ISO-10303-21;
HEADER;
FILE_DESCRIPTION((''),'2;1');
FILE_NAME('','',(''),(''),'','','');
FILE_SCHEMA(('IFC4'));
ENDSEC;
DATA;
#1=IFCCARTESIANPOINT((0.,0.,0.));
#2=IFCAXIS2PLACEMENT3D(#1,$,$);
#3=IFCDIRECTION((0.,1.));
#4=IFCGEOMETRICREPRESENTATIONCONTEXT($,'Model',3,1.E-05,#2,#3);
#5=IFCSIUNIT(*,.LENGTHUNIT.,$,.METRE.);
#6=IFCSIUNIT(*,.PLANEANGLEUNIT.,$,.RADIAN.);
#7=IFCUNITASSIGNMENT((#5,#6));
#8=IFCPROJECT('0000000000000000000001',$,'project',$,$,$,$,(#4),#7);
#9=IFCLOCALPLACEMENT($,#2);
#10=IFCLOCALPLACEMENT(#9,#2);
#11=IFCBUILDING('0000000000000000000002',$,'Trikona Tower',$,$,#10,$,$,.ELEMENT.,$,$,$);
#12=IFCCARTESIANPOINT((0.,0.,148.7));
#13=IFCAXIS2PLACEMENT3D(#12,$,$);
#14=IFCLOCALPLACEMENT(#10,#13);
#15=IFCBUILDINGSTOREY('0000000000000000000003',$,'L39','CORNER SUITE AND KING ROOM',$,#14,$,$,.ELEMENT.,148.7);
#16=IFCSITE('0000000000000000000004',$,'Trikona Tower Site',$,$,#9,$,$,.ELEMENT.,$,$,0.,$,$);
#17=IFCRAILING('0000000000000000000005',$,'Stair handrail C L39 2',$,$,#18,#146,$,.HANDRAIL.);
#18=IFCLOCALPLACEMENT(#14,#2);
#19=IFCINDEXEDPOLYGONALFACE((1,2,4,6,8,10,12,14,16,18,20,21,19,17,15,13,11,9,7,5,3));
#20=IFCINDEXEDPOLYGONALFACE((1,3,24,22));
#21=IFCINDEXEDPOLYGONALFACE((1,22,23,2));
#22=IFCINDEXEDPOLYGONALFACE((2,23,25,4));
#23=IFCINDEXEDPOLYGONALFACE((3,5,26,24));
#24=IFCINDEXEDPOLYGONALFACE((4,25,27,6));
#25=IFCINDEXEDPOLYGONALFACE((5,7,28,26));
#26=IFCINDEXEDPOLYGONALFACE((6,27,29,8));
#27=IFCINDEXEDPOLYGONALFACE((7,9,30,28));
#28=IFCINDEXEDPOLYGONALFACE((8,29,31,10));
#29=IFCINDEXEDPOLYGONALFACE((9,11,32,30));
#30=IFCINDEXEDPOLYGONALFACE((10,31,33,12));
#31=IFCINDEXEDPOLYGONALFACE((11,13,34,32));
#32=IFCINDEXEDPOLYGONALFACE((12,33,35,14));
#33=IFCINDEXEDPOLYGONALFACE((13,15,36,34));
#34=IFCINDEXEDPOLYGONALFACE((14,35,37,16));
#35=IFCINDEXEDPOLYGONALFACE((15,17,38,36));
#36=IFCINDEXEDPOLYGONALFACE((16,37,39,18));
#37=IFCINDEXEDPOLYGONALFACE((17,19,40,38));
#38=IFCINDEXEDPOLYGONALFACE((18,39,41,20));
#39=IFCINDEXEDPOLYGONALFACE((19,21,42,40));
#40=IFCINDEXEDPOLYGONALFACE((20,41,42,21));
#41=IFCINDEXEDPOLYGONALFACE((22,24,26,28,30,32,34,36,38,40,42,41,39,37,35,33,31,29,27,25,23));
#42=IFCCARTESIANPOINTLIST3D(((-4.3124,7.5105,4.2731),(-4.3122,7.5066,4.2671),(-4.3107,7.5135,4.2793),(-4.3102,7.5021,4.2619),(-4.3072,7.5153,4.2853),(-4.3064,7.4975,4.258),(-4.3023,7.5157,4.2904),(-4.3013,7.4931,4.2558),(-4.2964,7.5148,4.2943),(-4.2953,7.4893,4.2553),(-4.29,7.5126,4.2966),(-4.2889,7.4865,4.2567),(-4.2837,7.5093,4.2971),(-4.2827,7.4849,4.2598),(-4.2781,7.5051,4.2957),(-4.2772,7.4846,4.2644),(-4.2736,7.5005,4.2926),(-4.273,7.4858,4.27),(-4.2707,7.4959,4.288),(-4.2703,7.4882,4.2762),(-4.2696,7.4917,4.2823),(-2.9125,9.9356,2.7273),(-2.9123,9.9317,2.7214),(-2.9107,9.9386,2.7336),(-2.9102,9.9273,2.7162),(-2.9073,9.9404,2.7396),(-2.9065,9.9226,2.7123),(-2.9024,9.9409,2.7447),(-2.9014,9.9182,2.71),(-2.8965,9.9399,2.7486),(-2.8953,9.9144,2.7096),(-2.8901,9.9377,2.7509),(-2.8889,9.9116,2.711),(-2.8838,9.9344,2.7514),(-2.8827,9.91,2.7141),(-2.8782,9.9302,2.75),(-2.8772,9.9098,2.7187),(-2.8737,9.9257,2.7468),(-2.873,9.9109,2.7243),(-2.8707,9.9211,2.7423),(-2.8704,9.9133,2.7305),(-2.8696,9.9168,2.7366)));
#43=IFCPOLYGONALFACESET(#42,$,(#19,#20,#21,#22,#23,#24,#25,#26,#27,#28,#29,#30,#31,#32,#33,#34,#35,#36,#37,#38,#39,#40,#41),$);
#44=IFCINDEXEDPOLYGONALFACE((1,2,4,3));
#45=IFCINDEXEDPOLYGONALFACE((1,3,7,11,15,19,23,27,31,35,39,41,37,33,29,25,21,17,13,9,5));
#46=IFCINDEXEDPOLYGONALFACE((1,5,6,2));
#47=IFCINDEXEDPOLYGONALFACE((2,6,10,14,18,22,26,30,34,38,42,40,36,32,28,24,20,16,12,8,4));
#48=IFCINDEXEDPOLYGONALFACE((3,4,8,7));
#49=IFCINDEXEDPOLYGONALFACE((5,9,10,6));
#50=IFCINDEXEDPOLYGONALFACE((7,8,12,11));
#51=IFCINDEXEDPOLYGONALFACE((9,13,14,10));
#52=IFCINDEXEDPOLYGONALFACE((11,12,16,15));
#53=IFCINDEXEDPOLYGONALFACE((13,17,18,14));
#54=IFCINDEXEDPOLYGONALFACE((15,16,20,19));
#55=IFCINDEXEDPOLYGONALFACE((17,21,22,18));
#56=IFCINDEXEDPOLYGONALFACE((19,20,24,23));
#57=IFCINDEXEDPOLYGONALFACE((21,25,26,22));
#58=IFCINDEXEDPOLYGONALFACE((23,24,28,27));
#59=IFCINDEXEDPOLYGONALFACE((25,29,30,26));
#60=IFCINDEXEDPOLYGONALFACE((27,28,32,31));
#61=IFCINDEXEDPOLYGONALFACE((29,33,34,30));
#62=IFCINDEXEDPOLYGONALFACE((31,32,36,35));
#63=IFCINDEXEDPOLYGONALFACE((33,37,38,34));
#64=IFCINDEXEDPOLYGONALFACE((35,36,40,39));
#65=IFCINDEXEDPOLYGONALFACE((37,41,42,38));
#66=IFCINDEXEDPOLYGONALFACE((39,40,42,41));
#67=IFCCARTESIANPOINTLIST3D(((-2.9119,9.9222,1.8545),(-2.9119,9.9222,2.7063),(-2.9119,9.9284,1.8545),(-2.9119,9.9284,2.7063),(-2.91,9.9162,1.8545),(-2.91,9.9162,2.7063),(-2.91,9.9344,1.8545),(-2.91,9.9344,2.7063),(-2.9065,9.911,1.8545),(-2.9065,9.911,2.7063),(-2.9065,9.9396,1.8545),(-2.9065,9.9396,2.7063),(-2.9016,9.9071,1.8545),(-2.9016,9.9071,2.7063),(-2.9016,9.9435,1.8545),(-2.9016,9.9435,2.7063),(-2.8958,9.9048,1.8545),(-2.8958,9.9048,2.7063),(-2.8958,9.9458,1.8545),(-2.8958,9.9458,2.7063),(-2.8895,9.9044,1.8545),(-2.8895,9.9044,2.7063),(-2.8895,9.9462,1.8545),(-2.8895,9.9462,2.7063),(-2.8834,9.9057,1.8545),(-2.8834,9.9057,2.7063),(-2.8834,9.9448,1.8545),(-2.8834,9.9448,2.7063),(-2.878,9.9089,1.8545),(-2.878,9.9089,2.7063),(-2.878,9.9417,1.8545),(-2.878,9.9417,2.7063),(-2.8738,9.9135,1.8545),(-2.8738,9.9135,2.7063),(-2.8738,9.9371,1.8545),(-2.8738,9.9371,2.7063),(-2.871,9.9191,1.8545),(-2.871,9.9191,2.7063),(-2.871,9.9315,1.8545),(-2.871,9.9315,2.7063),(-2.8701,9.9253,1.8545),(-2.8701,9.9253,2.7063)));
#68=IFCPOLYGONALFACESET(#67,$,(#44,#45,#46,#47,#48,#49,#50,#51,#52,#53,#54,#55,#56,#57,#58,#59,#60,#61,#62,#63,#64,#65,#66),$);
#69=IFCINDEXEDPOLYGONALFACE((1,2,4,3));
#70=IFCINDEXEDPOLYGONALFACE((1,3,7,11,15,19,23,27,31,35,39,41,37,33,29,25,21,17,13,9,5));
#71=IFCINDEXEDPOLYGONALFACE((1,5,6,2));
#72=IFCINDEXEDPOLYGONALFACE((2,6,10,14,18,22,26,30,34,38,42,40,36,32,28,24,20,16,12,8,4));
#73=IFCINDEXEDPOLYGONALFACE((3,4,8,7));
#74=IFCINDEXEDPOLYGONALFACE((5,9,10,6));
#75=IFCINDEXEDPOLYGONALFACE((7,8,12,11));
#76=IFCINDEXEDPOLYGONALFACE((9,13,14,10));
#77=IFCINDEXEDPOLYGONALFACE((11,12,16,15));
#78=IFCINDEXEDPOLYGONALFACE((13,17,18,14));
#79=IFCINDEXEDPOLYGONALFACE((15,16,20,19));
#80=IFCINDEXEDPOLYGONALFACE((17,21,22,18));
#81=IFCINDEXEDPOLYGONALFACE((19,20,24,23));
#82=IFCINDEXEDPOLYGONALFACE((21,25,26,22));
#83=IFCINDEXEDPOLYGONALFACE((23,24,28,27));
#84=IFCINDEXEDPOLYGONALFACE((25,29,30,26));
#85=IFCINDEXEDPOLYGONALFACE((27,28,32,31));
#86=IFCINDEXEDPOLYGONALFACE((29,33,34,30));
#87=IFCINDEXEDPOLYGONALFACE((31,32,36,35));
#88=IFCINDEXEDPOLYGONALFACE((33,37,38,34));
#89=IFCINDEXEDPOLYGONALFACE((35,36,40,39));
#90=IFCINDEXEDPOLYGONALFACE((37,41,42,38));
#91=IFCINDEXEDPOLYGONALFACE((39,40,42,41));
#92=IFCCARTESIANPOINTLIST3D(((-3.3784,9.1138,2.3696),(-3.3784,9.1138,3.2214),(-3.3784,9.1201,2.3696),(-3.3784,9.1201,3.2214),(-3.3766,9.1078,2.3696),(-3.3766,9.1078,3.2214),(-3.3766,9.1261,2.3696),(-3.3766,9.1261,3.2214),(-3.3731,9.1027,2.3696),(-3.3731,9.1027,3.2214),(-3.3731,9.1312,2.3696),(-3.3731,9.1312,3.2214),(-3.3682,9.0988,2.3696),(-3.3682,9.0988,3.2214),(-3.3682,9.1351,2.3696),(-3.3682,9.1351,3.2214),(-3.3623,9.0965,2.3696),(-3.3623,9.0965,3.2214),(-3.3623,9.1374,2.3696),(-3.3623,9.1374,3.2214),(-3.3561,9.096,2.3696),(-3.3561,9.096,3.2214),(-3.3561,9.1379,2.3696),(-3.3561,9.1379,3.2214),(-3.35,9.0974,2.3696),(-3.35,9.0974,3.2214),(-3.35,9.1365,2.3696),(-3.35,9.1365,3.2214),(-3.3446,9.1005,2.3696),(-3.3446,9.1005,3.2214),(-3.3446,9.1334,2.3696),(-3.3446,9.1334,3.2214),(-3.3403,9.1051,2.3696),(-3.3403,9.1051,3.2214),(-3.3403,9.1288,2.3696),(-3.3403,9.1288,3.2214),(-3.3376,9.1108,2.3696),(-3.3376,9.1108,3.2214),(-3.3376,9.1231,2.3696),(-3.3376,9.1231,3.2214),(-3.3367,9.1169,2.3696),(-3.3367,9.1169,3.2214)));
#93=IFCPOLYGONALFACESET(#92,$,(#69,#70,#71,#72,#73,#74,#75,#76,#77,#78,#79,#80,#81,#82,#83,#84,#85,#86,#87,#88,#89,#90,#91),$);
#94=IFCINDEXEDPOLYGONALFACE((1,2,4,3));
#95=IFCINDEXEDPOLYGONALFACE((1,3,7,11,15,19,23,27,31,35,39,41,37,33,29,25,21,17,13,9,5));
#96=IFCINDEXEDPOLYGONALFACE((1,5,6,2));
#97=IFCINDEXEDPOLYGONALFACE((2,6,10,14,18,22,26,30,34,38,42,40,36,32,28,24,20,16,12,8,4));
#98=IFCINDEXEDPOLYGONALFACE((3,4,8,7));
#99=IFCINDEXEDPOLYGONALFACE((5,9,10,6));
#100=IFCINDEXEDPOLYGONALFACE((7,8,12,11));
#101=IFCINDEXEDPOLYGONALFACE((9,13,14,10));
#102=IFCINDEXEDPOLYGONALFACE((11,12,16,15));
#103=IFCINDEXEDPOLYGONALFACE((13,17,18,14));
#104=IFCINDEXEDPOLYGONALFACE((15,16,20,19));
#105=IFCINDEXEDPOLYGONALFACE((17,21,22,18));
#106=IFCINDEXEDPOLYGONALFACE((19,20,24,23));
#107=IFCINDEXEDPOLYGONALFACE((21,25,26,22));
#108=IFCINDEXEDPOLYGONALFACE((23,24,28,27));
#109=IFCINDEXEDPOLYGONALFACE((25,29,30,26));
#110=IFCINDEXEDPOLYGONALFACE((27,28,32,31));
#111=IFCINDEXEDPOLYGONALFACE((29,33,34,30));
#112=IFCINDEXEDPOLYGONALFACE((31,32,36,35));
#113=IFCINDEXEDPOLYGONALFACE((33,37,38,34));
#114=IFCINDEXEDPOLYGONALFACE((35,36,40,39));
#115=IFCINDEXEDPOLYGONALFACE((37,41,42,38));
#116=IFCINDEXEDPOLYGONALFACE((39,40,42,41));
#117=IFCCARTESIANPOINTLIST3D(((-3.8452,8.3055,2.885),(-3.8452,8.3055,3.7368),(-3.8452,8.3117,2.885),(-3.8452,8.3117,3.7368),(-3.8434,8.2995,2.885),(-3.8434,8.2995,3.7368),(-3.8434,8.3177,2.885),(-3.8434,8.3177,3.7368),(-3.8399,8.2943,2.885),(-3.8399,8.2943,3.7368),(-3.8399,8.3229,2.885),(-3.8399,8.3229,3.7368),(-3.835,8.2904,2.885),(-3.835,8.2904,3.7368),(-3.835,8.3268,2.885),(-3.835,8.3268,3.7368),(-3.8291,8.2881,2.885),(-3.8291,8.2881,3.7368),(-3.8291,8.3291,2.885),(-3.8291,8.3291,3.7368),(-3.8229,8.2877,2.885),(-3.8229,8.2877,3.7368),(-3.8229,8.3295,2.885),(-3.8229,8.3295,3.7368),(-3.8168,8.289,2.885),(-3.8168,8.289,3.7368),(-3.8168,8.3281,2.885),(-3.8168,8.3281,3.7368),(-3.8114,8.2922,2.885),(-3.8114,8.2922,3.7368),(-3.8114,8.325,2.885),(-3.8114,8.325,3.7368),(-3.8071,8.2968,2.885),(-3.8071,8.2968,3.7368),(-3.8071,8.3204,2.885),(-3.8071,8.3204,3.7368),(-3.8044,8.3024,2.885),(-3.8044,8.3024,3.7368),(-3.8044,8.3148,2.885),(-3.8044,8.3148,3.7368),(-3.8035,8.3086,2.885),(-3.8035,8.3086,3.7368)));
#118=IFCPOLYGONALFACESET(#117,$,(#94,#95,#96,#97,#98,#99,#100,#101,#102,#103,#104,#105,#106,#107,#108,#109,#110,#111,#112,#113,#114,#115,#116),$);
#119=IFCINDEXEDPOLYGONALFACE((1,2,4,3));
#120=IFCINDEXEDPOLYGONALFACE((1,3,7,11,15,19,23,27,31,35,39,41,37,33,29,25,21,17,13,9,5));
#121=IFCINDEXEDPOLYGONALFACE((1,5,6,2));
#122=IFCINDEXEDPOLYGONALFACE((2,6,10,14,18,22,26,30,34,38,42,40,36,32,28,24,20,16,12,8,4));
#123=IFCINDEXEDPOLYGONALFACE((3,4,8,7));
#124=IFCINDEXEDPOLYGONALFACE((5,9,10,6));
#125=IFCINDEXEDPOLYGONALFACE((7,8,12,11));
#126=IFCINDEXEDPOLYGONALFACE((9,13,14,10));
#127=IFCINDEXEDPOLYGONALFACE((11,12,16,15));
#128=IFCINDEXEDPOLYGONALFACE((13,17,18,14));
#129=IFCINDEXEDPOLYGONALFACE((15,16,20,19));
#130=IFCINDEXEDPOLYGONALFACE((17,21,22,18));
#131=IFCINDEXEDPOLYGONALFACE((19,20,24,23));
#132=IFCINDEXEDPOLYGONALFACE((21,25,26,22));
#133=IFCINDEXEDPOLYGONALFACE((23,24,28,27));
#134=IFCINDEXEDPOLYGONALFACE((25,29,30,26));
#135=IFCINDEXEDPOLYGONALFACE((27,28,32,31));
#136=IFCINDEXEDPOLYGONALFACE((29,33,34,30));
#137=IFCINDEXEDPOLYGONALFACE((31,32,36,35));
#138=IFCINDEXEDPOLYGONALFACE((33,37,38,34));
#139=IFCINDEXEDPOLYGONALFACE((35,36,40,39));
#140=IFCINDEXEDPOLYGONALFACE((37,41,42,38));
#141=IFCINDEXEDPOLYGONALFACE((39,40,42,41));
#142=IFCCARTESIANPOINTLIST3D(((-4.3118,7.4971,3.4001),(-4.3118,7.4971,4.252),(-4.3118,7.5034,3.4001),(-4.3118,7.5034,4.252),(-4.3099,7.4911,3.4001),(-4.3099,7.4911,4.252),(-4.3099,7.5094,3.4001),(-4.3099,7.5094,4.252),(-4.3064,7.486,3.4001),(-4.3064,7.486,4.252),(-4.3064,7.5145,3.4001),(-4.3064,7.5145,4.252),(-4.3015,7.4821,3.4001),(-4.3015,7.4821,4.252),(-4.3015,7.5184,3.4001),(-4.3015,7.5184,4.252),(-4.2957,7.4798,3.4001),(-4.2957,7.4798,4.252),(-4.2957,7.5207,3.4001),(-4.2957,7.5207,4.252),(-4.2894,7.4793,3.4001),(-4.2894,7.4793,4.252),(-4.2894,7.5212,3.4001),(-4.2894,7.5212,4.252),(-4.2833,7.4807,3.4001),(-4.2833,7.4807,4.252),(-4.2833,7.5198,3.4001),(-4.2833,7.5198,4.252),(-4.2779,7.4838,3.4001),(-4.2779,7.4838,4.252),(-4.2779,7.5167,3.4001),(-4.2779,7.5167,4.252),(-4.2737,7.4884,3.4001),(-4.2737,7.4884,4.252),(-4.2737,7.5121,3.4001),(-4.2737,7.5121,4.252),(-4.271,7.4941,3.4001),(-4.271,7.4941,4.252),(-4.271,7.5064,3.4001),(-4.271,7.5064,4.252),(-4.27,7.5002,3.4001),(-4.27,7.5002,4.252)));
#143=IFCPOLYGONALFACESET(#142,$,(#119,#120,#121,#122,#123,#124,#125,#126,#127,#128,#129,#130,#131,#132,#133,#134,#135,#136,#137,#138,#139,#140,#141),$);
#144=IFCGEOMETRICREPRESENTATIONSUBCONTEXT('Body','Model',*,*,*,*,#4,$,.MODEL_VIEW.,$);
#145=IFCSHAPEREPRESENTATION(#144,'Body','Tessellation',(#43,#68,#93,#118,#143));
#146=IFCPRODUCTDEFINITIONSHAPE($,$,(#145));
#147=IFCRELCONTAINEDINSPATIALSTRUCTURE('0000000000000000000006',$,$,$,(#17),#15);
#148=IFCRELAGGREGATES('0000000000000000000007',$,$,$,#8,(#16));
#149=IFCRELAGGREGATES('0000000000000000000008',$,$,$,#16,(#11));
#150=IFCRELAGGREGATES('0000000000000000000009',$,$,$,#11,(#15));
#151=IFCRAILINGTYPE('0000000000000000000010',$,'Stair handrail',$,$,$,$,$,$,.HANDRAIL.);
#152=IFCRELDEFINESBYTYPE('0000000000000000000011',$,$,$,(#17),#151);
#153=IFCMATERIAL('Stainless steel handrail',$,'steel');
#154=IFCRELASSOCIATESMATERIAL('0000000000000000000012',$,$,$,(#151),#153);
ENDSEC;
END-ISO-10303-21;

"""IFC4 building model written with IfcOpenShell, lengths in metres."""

from ifc_helpers import new_model, si_unit, direction, frame, origin, origin_2d, place, context, subcontext, project, spatial, circle, extrude, material, type_object, element, save


model = new_model("IFC4")

# Units and contexts
model_context = context("Model", 3, precision=1e-05, world=origin(), true_north=direction((0.0, 1.0)))
body_context = subcontext(model_context, "Body", "Model", "MODEL_VIEW")
ifc_project = project(units=[si_unit("LENGTHUNIT", "METRE"), si_unit("PLANEANGLEUNIT", "RADIAN")], contexts=[model_context])

# Site, building, storey
site_placement = place(None, origin())
site = spatial("IfcSite", under=ifc_project, at=site_placement, Name="Trikona Tower Site", CompositionType="ELEMENT", RefElevation=0.0)
building_placement = place(site_placement, origin())
building = spatial("IfcBuilding", under=site, at=building_placement, Name="Trikona Tower", CompositionType="ELEMENT")
storey_placement = place(building_placement, frame((0.0, 0.0, 148.7)))
storey = spatial("IfcBuildingStorey", under=building, at=storey_placement, Name="L39", Description="CORNER SUITE AND KING ROOM", CompositionType="ELEMENT", Elevation=148.7)

# Railing
ifc_material_1 = material(Name="Stainless steel handrail", Category="steel")
railing_type = type_object("IfcRailingType", Name="Stair handrail", PredefinedType="HANDRAIL", material=ifc_material_1)
railing_1_placement = place(storey_placement, frame((-2.8911, 9.9253, 1.8545)))
element("IfcRailing", 1, at=railing_1_placement, inside=storey, type_object=railing_type, Name="Stair handrail C L39 2", PredefinedType="HANDRAIL", context=body_context, shape_type="SweptSolid", body=[
    extrude(circle(Radius=0.0239, at=origin_2d()), frame((0.0, 0.0, 0.876), z_axis=(-0.437691, -0.758212, 0.483262), x_axis=(0.866056, -0.499946, 0.0)), (0.0, 0.0, 1.0), 3.1985),
    extrude(circle(Radius=0.021, at=origin_2d()), origin(), (0.0, 0.0, 1.0), 0.8518),
    extrude(circle(Radius=0.021, at=origin_2d()), frame((-0.4666, -0.8083, 0.5151)), (0.0, 0.0, 1.0), 0.8518),
    extrude(circle(Radius=0.021, at=origin_2d()), frame((-0.9333, -1.6167, 1.0305)), (0.0, 0.0, 1.0), 0.8518),
    extrude(circle(Radius=0.021, at=origin_2d()), frame((-1.3999, -2.425, 1.5457)), (0.0, 0.0, 1.0), 0.8518),
])

save(model, "model.ifc")
